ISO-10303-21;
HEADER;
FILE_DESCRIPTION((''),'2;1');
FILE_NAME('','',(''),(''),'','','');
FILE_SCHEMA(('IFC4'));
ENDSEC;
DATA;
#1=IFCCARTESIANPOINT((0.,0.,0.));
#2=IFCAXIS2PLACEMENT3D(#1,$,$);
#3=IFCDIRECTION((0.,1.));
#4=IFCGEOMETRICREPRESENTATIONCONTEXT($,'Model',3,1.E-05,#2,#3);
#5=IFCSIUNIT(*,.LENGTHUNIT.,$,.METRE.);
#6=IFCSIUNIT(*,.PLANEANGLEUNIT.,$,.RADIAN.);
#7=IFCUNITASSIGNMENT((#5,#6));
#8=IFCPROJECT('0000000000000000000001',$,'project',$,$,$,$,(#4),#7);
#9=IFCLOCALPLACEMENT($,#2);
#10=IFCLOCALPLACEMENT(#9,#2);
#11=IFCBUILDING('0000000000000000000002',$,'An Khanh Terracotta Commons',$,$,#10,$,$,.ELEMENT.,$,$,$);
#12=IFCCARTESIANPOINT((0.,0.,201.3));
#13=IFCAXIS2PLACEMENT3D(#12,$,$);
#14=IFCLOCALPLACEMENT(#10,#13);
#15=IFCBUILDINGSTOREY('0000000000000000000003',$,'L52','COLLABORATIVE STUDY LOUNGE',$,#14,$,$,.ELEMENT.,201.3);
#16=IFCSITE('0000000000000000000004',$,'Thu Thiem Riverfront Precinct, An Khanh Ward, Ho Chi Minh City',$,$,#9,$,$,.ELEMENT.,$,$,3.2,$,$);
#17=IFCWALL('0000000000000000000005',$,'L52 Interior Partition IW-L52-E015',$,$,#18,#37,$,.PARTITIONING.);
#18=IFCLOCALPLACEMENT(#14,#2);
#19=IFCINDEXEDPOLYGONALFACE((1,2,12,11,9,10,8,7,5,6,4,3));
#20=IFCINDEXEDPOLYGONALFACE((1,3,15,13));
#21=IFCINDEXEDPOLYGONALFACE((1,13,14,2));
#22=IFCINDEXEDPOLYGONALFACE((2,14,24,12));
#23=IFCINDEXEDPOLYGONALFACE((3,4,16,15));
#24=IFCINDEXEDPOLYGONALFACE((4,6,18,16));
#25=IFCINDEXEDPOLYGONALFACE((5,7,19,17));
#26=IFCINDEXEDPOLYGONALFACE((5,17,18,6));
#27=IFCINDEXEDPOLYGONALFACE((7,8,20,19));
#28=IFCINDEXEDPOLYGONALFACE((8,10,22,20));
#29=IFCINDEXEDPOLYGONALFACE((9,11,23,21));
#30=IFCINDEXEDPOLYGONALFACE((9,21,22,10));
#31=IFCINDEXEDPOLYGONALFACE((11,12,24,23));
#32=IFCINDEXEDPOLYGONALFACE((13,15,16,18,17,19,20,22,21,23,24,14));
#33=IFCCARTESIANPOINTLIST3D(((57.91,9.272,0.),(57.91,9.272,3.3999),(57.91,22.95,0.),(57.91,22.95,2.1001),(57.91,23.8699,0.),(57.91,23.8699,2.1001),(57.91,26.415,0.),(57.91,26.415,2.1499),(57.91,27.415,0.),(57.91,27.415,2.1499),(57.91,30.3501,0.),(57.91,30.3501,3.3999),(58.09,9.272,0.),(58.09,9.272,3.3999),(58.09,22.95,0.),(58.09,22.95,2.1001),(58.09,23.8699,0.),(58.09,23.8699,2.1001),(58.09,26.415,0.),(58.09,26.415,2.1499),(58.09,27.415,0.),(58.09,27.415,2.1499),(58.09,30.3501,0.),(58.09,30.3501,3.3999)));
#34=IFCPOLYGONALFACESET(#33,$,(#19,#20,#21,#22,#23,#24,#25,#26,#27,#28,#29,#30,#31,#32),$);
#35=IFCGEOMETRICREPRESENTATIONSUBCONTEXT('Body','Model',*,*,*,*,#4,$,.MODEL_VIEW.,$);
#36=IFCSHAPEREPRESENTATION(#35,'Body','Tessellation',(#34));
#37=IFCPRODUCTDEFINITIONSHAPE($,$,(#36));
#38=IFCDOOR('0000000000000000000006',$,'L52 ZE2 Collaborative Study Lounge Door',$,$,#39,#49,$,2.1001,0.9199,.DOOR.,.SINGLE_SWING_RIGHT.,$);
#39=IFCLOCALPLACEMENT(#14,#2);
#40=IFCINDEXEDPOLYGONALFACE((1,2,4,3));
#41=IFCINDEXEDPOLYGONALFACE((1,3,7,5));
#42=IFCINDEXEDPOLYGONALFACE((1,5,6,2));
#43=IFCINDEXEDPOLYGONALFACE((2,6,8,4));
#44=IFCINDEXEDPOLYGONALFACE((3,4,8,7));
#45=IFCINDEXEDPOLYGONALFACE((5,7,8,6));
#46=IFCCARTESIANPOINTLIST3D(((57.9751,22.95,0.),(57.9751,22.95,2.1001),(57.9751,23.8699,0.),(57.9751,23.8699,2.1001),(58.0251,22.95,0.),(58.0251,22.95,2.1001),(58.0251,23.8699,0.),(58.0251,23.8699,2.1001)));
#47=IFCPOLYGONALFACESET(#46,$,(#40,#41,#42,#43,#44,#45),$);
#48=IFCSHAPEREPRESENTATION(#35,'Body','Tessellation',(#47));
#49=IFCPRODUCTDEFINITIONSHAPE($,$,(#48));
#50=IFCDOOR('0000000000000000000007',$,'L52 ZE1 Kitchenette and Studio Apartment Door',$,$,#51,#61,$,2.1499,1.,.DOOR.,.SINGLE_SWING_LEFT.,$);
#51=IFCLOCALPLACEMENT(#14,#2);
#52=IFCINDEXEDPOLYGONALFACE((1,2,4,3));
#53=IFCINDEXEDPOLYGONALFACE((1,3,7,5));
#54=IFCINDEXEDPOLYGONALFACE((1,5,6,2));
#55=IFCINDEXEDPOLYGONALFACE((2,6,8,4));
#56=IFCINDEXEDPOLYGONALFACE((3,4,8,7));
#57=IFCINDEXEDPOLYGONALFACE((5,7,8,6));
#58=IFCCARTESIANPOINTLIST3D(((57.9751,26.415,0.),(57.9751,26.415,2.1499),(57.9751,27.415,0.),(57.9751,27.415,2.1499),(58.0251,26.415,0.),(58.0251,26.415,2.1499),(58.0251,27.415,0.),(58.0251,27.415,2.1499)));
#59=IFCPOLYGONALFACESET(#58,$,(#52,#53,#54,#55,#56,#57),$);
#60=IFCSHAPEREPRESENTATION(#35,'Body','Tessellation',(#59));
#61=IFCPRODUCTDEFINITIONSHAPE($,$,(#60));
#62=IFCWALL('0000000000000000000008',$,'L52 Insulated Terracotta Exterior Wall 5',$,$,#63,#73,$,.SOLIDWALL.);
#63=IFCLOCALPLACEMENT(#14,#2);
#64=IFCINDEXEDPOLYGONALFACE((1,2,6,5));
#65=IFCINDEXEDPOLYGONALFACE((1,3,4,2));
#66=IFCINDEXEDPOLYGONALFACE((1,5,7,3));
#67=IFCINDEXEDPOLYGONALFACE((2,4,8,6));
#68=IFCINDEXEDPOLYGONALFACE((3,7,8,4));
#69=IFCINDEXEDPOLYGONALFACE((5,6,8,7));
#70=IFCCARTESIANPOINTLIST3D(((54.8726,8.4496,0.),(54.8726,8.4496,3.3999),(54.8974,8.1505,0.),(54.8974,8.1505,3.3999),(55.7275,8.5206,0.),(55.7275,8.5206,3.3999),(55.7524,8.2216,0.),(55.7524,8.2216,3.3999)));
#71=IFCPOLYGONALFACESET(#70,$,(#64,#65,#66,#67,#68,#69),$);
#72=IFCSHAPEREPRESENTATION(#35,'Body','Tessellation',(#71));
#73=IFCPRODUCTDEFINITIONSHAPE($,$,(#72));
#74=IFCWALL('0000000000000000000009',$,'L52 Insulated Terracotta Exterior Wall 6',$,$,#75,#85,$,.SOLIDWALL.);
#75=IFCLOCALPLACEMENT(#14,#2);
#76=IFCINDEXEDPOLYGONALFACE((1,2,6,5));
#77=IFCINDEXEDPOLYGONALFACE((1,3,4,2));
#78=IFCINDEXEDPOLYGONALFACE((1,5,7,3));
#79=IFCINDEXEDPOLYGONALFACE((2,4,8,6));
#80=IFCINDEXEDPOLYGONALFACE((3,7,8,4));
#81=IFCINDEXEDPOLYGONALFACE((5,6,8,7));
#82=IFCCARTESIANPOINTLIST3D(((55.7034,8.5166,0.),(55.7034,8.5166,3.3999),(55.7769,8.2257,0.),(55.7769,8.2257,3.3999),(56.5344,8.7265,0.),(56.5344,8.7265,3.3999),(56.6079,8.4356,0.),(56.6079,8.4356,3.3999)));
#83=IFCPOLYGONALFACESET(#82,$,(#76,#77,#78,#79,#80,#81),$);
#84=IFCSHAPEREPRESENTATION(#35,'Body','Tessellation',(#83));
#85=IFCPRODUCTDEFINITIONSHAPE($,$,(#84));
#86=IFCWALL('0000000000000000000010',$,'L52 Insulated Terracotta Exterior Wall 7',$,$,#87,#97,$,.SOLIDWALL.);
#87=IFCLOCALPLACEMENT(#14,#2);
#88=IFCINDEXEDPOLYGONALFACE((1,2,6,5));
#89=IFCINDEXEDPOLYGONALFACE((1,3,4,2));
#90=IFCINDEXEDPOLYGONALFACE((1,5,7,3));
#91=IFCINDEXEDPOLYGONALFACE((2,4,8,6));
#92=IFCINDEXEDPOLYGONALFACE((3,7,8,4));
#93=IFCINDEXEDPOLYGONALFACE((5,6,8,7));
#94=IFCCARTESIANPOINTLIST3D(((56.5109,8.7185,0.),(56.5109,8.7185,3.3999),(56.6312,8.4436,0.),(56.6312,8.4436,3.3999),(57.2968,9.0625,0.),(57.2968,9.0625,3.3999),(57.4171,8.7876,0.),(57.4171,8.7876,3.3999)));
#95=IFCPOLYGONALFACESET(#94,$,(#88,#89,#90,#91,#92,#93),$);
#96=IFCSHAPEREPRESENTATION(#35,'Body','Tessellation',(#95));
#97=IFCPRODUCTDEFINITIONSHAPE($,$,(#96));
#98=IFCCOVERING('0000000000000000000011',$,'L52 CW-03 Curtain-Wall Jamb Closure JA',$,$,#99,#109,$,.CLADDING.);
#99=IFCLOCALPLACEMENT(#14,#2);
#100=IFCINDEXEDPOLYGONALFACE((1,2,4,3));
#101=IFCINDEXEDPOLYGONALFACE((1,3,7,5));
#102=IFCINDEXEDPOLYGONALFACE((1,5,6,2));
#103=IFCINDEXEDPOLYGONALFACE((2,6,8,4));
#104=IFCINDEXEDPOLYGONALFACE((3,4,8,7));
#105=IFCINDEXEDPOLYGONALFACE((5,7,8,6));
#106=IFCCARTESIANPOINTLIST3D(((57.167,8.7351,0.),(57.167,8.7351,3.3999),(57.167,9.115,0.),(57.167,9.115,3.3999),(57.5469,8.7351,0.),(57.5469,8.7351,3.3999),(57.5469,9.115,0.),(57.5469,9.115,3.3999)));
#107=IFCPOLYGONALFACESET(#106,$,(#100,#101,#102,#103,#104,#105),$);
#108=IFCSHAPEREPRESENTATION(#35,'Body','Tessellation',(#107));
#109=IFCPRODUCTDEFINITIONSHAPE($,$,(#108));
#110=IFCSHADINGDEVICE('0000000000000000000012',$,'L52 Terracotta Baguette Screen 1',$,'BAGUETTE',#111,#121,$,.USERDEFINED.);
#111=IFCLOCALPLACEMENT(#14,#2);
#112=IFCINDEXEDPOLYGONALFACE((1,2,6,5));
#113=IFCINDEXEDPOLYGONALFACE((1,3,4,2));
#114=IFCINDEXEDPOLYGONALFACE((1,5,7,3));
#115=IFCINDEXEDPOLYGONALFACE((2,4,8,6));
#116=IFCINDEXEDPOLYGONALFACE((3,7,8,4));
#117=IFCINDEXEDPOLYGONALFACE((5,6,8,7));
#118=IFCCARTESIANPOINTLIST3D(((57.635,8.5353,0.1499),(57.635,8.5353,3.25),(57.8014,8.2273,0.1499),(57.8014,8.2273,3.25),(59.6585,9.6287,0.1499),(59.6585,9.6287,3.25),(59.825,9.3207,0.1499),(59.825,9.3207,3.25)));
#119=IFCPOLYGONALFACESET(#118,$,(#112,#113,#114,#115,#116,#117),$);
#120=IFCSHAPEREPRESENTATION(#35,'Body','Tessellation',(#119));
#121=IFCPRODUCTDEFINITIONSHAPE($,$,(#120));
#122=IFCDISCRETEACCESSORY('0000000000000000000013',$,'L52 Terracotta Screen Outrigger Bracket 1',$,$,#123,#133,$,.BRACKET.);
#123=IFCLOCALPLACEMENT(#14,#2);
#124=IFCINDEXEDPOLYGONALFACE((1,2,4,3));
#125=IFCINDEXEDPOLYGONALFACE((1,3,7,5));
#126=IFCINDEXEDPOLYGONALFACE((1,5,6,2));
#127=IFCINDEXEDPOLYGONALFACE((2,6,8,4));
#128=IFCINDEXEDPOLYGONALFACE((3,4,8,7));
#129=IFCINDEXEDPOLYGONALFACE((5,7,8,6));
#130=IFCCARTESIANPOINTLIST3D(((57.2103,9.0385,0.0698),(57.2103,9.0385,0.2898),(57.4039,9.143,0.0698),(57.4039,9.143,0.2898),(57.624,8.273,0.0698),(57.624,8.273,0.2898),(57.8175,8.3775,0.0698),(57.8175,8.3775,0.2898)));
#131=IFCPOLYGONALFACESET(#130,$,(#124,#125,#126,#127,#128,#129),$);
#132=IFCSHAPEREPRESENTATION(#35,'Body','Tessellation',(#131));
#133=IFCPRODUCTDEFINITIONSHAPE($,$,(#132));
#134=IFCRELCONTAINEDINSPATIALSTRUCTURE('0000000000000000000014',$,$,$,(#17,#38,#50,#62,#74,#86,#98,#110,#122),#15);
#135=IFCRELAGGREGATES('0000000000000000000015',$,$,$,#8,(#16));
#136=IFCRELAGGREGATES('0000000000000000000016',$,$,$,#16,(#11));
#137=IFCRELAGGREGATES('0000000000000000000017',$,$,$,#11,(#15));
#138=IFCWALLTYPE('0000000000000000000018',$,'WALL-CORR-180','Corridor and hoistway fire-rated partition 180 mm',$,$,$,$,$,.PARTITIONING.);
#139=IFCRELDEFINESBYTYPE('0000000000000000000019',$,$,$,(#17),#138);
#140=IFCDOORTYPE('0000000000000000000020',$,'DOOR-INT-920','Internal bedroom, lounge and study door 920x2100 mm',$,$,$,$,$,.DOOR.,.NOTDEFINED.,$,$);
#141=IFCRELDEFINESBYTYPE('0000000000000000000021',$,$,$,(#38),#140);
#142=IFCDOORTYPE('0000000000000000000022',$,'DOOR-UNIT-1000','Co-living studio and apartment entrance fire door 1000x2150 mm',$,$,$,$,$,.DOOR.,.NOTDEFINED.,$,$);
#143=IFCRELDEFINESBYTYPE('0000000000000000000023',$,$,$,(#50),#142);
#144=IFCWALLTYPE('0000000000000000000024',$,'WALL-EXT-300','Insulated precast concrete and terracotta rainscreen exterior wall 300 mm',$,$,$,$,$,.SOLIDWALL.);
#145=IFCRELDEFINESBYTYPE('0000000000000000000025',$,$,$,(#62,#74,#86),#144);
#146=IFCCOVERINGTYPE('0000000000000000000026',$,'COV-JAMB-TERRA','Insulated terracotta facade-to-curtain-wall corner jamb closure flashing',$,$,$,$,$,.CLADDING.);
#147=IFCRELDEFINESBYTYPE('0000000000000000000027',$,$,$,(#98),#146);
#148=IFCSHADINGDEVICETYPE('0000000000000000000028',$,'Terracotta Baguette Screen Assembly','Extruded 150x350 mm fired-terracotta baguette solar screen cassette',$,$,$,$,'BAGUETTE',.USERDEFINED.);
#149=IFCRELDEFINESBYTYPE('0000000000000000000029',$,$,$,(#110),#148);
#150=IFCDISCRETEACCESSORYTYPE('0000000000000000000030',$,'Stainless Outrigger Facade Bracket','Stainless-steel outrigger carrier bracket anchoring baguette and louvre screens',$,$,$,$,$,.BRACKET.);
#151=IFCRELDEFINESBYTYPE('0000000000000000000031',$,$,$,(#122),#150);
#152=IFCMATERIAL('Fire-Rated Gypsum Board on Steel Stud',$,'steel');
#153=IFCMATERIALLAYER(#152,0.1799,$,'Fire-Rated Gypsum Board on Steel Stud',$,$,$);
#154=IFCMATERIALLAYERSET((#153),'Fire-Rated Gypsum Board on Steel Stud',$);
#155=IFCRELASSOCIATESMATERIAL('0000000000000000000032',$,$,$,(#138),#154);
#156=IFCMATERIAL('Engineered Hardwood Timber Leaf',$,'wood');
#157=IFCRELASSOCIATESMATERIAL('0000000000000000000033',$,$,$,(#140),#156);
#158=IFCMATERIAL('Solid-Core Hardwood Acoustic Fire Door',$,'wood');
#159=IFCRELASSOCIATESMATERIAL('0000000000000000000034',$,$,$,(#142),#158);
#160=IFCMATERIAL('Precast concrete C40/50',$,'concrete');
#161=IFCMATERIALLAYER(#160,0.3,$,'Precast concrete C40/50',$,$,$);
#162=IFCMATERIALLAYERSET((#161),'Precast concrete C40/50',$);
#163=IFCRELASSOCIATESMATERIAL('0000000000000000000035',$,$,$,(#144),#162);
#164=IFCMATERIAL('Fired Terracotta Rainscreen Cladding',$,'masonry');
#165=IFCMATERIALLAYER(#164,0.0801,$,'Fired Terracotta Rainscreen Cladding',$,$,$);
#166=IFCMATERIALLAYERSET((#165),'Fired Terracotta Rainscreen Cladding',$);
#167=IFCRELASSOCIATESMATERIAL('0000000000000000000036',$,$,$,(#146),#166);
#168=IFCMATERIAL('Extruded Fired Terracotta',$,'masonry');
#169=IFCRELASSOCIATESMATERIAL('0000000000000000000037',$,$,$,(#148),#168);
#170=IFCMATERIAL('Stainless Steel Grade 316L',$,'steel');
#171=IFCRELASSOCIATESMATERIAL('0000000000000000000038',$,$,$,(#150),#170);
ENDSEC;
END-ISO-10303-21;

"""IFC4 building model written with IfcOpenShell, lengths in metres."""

from ifc_helpers import new_model, si_unit, direction, frame, frame_2d, origin, origin_2d, place, context, subcontext, project, spatial, rectangle, extrude, material, layer, layer_set, type_object, element, fill, save


model = new_model("IFC4")

# Units and contexts
model_context = context("Model", 3, precision=1e-05, world=origin(), true_north=direction((0.0, 1.0)))
body_context = subcontext(model_context, "Body", "Model", "MODEL_VIEW")
ifc_project = project(units=[si_unit("LENGTHUNIT", "METRE"), si_unit("PLANEANGLEUNIT", "RADIAN")], contexts=[model_context])

# Site, building, storey
site_placement = place(None, origin())
site = spatial("IfcSite", under=ifc_project, at=site_placement, Name="Thu Thiem Riverfront Precinct, An Khanh Ward, Ho Chi Minh City", CompositionType="ELEMENT", RefElevation=3.2)
building_placement = place(site_placement, origin())
building = spatial("IfcBuilding", under=site, at=building_placement, Name="An Khanh Terracotta Commons", CompositionType="ELEMENT")
storey_placement = place(building_placement, frame((0.0, 0.0, 201.3)))
storey = spatial("IfcBuildingStorey", under=building, at=storey_placement, Name="L52", Description="COLLABORATIVE STUDY LOUNGE", CompositionType="ELEMENT", Elevation=201.3)

# Shared definitions
ifc_material_1 = material(Name="Fire-Rated Gypsum Board on Steel Stud", Category="steel")
ifc_layer_1 = layer(ifc_material_1, 0.1799, Name="Fire-Rated Gypsum Board on Steel Stud")
ifc_layer_set_1 = layer_set([ifc_layer_1], Name="Fire-Rated Gypsum Board on Steel Stud")
wall_type_1 = type_object("IfcWallType", Name="WALL-CORR-180", Description="Corridor and hoistway fire-rated partition 180 mm", PredefinedType="PARTITIONING", material=ifc_layer_set_1)

# Wall, openings, doors
wall_1_placement = place(storey_placement, frame((58.0, 9.272, 0.0), z_axis=(0.0, 0.0, 1.0), x_axis=(0.0, 1.0, 0.0)))
wall_1 = element("IfcWall", 1, at=wall_1_placement, inside=storey, type_object=wall_type_1, Name="L52 Interior Partition IW-L52-E015", PredefinedType="PARTITIONING", context=body_context, shape_type="SweptSolid", body=[
    extrude(rectangle(XDim=21.0781, YDim=0.1799, at=frame_2d((10.5391, 0.0))), origin(), (0.0, 0.0, 1.0), 3.3999),
])
opening_1_placement = place(wall_1_placement, frame((17.1431, 0.0, 0.0)))
opening_1 = element("IfcOpeningElement", 2, at=opening_1_placement, cuts=wall_1, PredefinedType="OPENING", context=body_context, shape_type="SweptSolid", body=[
    extrude(rectangle(XDim=1.0, YDim=2.1499, at=frame_2d((0.5, 1.075))), frame((0.0, 0.0999, 0.0), z_axis=(0.0, -1.0, 0.0), x_axis=(1.0, 0.0, 0.0)), (0.0, 0.0, 1.0), 0.2),
])
opening_2_placement = place(wall_1_placement, frame((13.678, 0.0, 0.0)))
opening_2 = element("IfcOpeningElement", 3, at=opening_2_placement, cuts=wall_1, PredefinedType="OPENING", context=body_context, shape_type="SweptSolid", body=[
    extrude(rectangle(XDim=0.9199, YDim=2.1001, at=frame_2d((0.46, 1.05))), frame((0.0, 0.0999, 0.0), z_axis=(0.0, -1.0, 0.0), x_axis=(1.0, 0.0, 0.0)), (0.0, 0.0, 1.0), 0.2),
])
ifc_material_2 = material(Name="Engineered Hardwood Timber Leaf", Category="wood")
door_type_1 = type_object("IfcDoorType", Name="DOOR-INT-920", Description="Internal bedroom, lounge and study door 920x2100 mm", OperationType="NOTDEFINED", PredefinedType="DOOR", material=ifc_material_2)
door_1_placement = place(opening_2_placement, origin())
door_1 = element("IfcDoor", 4, at=door_1_placement, inside=storey, type_object=door_type_1, Name="L52 ZE2 Collaborative Study Lounge Door", OperationType="SINGLE_SWING_RIGHT", OverallHeight=2.1001, OverallWidth=0.9199, PredefinedType="DOOR", context=body_context, shape_type="SweptSolid", body=[
    extrude(rectangle(XDim=0.9199, YDim=2.1001, at=frame_2d((0.46, 1.05))), frame((0.0, 0.0249, 0.0), z_axis=(0.0, -1.0, 0.0), x_axis=(1.0, 0.0, 0.0)), (0.0, 0.0, 1.0), 0.05),
])
fill(opening_2, door_1)
ifc_material_3 = material(Name="Solid-Core Hardwood Acoustic Fire Door", Category="wood")
door_type_2 = type_object("IfcDoorType", Name="DOOR-UNIT-1000", Description="Co-living studio and apartment entrance fire door 1000x2150 mm", OperationType="NOTDEFINED", PredefinedType="DOOR", material=ifc_material_3)
door_2_placement = place(opening_1_placement, origin())
door_2 = element("IfcDoor", 5, at=door_2_placement, inside=storey, type_object=door_type_2, Name="L52 ZE1 Kitchenette and Studio Apartment Door", OperationType="SINGLE_SWING_LEFT", OverallHeight=2.1499, OverallWidth=1.0, PredefinedType="DOOR", context=body_context, shape_type="SweptSolid", body=[
    extrude(rectangle(XDim=1.0, YDim=2.1499, at=frame_2d((0.5, 1.075))), frame((0.0, 0.0249, 0.0), z_axis=(0.0, -1.0, 0.0), x_axis=(1.0, 0.0, 0.0)), (0.0, 0.0, 1.0), 0.05),
])
fill(opening_1, door_2)

# Walls
ifc_material_4 = material(Name="Precast concrete C40/50", Category="concrete")
ifc_layer_2 = layer(ifc_material_4, 0.3, Name="Precast concrete C40/50")
ifc_layer_set_2 = layer_set([ifc_layer_2], Name="Precast concrete C40/50")
wall_type_2 = type_object("IfcWallType", Name="WALL-EXT-300", Description="Insulated precast concrete and terracotta rainscreen exterior wall 300 mm", PredefinedType="SOLIDWALL", material=ifc_layer_set_2)
wall_2_placement = place(storey_placement, frame((54.885, 8.3, 0.0), z_axis=(0.0, 0.0, 1.0), x_axis=(0.996565, 0.08281, 0.0)))
element("IfcWall", 6, at=wall_2_placement, inside=storey, type_object=wall_type_2, Name="L52 Insulated Terracotta Exterior Wall 5", PredefinedType="SOLIDWALL", context=body_context, shape_type="SweptSolid", body=[
    extrude(rectangle(XDim=0.8579, YDim=0.3, at=frame_2d((0.429, 0.0))), origin(), (0.0, 0.0, 1.0), 3.3999),
])
wall_3_placement = place(storey_placement, frame((55.74, 8.3711, 0.0), z_axis=(0.0, 0.0, 1.0), x_axis=(0.969536, 0.244947, 0.0)))
element("IfcWall", 7, at=wall_3_placement, inside=storey, type_object=wall_type_2, Name="L52 Insulated Terracotta Exterior Wall 6", PredefinedType="SOLIDWALL", context=body_context, shape_type="SweptSolid", body=[
    extrude(rectangle(XDim=0.8572, YDim=0.3, at=frame_2d((0.4287, 0.0))), origin(), (0.0, 0.0, 1.0), 3.3999),
])
wall_4_placement = place(storey_placement, frame((56.571, 8.5811, 0.0), z_axis=(0.0, 0.0, 1.0), x_axis=(0.916085, 0.400983, 0.0)))
element("IfcWall", 8, at=wall_4_placement, inside=storey, type_object=wall_type_2, Name="L52 Insulated Terracotta Exterior Wall 7", PredefinedType="SOLIDWALL", context=body_context, shape_type="SweptSolid", body=[
    extrude(rectangle(XDim=0.8579, YDim=0.3, at=frame_2d((0.429, 0.0))), origin(), (0.0, 0.0, 1.0), 3.3999),
])

# Covering
ifc_material_5 = material(Name="Fired Terracotta Rainscreen Cladding", Category="masonry")
ifc_layer_3 = layer(ifc_material_5, 0.0801, Name="Fired Terracotta Rainscreen Cladding")
ifc_layer_set_3 = layer_set([ifc_layer_3], Name="Fired Terracotta Rainscreen Cladding")
covering_type = type_object("IfcCoveringType", Name="COV-JAMB-TERRA", Description="Insulated terracotta facade-to-curtain-wall corner jamb closure flashing", PredefinedType="CLADDING", material=ifc_layer_set_3)
covering_placement = place(storey_placement, frame((57.3569, 8.925, 0.0), z_axis=(0.0, 0.0, 1.0), x_axis=(1.0, 0.0, 0.0)))
element("IfcCovering", 9, at=covering_placement, inside=storey, type_object=covering_type, Name="L52 CW-03 Curtain-Wall Jamb Closure JA", PredefinedType="CLADDING", context=body_context, shape_type="SweptSolid", body=[
    extrude(rectangle(XDim=0.3799, YDim=0.3799, at=origin_2d()), origin(), (0.0, 0.0, 1.0), 3.3999),
])

# Shading device
ifc_material_6 = material(Name="Extruded Fired Terracotta", Category="masonry")
shading_device_type = type_object("IfcShadingDeviceType", Name="Terracotta Baguette Screen Assembly", Description="Extruded 150x350 mm fired-terracotta baguette solar screen cassette", ElementType="BAGUETTE", PredefinedType="USERDEFINED", material=ifc_material_6)
shading_device_placement = place(storey_placement, frame((58.73, 8.928, 0.1499), z_axis=(0.0, 0.0, 1.0), x_axis=(0.87978, 0.475381, 0.0)))
element("IfcShadingDevice", 10, at=shading_device_placement, inside=storey, type_object=shading_device_type, Name="L52 Terracotta Baguette Screen 1", ObjectType="BAGUETTE", PredefinedType="USERDEFINED", context=body_context, shape_type="SweptSolid", body=[
    extrude(rectangle(XDim=2.3, YDim=0.3501, at=origin_2d()), origin(), (0.0, 0.0, 1.0), 3.1001),
])

# Discrete accessory
ifc_material_7 = material(Name="Stainless Steel Grade 316L", Category="steel")
discrete_accessory_type = type_object("IfcDiscreteAccessoryType", Name="Stainless Outrigger Facade Bracket", Description="Stainless-steel outrigger carrier bracket anchoring baguette and louvre screens", PredefinedType="BRACKET", material=ifc_material_7)
discrete_accessory_placement = place(storey_placement, frame((57.5139, 8.708, 0.0698), z_axis=(0.0, 0.0, 1.0), x_axis=(0.87978, 0.475381, 0.0)))
element("IfcDiscreteAccessory", 11, at=discrete_accessory_placement, inside=storey, type_object=discrete_accessory_type, Name="L52 Terracotta Screen Outrigger Bracket 1", PredefinedType="BRACKET", context=body_context, shape_type="SweptSolid", body=[
    extrude(rectangle(XDim=0.22, YDim=0.8701, at=origin_2d()), origin(), (0.0, 0.0, 1.0), 0.22),
])

save(model, "model.ifc")
